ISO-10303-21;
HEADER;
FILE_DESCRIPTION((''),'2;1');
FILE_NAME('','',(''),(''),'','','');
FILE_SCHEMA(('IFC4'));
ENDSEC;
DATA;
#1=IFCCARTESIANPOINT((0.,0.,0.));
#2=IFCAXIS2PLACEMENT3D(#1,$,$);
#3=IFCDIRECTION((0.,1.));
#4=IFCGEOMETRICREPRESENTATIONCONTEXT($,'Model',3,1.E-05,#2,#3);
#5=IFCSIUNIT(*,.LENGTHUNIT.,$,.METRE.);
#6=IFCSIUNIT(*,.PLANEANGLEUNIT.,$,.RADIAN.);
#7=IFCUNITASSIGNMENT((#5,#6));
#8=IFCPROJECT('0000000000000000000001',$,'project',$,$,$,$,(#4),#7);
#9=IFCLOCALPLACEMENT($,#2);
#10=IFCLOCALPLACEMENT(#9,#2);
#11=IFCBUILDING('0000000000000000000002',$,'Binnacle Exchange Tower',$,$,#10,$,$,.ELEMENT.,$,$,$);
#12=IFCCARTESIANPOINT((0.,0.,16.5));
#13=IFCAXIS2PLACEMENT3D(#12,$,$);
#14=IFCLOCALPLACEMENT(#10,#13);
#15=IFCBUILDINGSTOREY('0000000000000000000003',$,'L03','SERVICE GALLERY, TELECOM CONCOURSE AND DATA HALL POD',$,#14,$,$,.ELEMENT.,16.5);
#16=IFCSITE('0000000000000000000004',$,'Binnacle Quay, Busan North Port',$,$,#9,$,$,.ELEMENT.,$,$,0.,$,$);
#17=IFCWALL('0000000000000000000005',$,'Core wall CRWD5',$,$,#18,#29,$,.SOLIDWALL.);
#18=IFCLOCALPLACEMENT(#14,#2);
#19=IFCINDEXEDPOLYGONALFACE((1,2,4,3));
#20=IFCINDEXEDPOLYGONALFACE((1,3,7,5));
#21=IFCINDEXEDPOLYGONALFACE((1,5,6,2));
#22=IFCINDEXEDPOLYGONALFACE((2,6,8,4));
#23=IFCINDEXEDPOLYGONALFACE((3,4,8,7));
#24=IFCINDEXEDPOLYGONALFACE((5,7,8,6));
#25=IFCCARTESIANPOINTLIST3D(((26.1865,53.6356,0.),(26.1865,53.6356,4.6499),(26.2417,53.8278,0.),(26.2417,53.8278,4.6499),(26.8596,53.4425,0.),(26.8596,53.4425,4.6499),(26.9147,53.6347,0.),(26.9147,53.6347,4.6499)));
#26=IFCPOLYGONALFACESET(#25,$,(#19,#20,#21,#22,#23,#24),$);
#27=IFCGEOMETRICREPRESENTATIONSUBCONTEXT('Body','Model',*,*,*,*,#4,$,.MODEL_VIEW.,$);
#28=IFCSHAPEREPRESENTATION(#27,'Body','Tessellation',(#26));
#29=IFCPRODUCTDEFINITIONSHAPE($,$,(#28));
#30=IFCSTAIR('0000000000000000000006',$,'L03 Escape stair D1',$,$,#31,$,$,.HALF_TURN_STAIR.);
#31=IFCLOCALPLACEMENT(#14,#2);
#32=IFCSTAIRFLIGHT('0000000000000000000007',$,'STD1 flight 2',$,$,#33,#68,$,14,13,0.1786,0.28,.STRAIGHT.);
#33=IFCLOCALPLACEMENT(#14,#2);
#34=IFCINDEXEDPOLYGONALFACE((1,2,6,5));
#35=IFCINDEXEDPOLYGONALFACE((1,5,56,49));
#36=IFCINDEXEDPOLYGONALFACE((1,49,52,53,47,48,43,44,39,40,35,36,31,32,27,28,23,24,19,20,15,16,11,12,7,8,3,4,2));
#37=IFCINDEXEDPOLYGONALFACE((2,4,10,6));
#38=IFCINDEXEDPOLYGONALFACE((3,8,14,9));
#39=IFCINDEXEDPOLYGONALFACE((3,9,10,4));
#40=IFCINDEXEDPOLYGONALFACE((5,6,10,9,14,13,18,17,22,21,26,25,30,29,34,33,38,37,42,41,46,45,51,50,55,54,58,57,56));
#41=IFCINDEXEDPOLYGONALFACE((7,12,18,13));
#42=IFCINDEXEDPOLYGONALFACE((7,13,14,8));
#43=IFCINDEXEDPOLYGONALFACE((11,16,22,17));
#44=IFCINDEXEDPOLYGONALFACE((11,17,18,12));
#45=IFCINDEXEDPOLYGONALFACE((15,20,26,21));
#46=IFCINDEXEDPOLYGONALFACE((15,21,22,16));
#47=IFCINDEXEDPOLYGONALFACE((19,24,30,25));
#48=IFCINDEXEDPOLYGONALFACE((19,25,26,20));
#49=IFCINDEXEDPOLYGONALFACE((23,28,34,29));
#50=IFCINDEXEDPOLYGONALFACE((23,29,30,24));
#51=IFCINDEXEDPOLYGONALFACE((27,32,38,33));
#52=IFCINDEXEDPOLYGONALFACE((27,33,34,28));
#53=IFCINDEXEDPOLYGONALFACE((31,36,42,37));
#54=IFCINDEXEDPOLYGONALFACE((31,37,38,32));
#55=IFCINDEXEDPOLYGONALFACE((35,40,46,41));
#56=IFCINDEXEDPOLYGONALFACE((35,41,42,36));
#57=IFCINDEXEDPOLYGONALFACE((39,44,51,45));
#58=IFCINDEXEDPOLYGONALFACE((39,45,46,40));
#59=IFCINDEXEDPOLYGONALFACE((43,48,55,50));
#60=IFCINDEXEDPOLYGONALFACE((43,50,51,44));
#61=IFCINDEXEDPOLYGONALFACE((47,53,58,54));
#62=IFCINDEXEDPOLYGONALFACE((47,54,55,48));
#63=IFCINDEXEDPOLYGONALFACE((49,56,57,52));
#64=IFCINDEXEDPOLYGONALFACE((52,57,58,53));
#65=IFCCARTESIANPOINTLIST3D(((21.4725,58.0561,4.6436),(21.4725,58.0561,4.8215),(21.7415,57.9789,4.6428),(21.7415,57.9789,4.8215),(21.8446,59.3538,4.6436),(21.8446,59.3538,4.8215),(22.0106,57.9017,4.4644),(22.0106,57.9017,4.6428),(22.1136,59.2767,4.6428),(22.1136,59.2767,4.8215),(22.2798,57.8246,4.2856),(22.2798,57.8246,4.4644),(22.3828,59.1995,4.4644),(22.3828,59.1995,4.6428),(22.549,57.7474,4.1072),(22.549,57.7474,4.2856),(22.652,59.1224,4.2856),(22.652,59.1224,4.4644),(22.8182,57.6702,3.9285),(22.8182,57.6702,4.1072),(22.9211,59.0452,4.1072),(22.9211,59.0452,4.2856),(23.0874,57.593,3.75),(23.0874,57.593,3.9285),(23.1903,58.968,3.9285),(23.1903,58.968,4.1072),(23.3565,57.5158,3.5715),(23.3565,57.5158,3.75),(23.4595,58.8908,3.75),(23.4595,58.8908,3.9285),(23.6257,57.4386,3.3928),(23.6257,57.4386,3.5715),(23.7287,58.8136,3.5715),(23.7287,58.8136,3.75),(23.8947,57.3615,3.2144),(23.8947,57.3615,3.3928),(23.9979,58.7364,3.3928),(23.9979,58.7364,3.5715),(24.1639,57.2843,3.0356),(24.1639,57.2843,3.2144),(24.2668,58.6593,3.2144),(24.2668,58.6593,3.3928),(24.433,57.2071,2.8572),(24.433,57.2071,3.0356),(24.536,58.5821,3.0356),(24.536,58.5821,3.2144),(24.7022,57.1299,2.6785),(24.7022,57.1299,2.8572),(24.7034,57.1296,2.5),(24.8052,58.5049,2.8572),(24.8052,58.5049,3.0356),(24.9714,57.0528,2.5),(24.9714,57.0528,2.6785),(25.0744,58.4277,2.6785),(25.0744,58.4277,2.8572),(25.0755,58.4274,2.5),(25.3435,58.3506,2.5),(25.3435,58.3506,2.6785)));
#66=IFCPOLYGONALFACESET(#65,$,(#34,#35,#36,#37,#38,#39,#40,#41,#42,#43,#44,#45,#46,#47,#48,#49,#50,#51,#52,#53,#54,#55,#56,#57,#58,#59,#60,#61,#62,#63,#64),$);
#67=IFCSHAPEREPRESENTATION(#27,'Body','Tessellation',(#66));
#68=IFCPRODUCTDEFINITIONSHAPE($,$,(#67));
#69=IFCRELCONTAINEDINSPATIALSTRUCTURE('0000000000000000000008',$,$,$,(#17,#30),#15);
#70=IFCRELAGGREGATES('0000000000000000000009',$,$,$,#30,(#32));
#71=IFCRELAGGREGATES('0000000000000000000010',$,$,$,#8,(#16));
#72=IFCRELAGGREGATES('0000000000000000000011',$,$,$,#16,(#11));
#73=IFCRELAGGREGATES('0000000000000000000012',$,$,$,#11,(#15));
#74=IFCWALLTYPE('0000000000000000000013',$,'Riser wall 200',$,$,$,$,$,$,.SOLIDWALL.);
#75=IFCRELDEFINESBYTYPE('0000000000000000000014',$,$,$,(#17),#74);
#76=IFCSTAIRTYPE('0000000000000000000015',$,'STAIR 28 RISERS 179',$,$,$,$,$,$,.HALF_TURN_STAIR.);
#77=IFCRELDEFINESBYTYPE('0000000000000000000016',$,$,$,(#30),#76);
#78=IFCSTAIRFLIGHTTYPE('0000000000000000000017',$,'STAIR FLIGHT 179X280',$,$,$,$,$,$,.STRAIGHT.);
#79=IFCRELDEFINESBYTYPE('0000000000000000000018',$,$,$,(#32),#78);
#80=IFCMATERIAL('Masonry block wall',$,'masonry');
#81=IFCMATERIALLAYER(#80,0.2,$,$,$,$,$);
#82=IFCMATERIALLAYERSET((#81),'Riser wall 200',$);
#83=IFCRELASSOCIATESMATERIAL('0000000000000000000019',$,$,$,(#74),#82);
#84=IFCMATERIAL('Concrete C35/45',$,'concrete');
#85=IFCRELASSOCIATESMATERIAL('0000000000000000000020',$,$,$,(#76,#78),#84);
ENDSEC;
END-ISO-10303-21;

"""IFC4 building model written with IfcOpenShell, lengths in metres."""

from ifc_helpers import new_model, si_unit, direction, frame, frame_2d, origin, place, context, subcontext, project, spatial, polyline, rectangle, outline, extrude, material, layer, layer_set, type_object, element, aggregate, save


model = new_model("IFC4")

# Units and contexts
model_context = context("Model", 3, precision=1e-05, world=origin(), true_north=direction((0.0, 1.0)))
body_context = subcontext(model_context, "Body", "Model", "MODEL_VIEW")
ifc_project = project(units=[si_unit("LENGTHUNIT", "METRE"), si_unit("PLANEANGLEUNIT", "RADIAN")], contexts=[model_context])

# Site, building, storey
site_placement = place(None, origin())
site = spatial("IfcSite", under=ifc_project, at=site_placement, Name="Binnacle Quay, Busan North Port", CompositionType="ELEMENT", RefElevation=0.0)
building_placement = place(site_placement, origin())
building = spatial("IfcBuilding", under=site, at=building_placement, Name="Binnacle Exchange Tower", CompositionType="ELEMENT")
storey_placement = place(building_placement, frame((0.0, 0.0, 16.5)))
storey = spatial("IfcBuildingStorey", under=building, at=storey_placement, Name="L03", Description="SERVICE GALLERY, TELECOM CONCOURSE AND DATA HALL POD", CompositionType="ELEMENT", Elevation=16.5)

# Shared definitions
ifc_material_1 = material(Name="Masonry block wall", Category="masonry")

# Wall
ifc_layer_1 = layer(ifc_material_1, 0.2)
ifc_layer_set_1 = layer_set([ifc_layer_1], Name="Riser wall 200")
wall_type_1 = type_object("IfcWallType", Name="Riser wall 200", PredefinedType="SOLIDWALL", material=ifc_layer_set_1)
wall_1_placement = place(storey_placement, frame((26.2141, 53.7317, 0.0), z_axis=(0.0, 0.0, 1.0), x_axis=(0.961221, -0.27578, 0.0)))
element("IfcWall", 1, at=wall_1_placement, inside=storey, type_object=wall_type_1, Name="Core wall CRWD5", PredefinedType="SOLIDWALL", context=body_context, shape_type="SweptSolid", body=[
    extrude(rectangle(XDim=0.7002, YDim=0.2, at=frame_2d((0.3501, 0.0))), origin(), (0.0, 0.0, 1.0), 4.6499),
])

# Stair, stair flight
ifc_material_2 = material(Name="Concrete C35/45", Category="concrete")
stair_type = type_object("IfcStairType", Name="STAIR 28 RISERS 179", PredefinedType="HALF_TURN_STAIR", material=ifc_material_2)
stair_placement = place(storey_placement, origin())
stair = element("IfcStair", 2, at=stair_placement, inside=storey, type_object=stair_type, Name="L03 Escape stair D1", PredefinedType="HALF_TURN_STAIR")
stair_flight_type = type_object("IfcStairFlightType", Name="STAIR FLIGHT 179X280", PredefinedType="STRAIGHT", material=ifc_material_2)
stair_flight_placement = place(storey_placement, frame((25.1575, 57.7017, 2.5), z_axis=(0.0, 0.0, 1.0), x_axis=(-0.961262, 0.275637, 0.0)))
stair_flight = element("IfcStairFlight", 3, at=stair_flight_placement, type_object=stair_flight_type, Name="STD1 flight 2", NumberOfRisers=14, NumberOfTreads=13, PredefinedType="STRAIGHT", RiserHeight=0.1786, TreadLength=0.28, context=body_context, shape_type="SweptSolid", body=[
    extrude(outline(polyline([(0.0, 0.0), (0.0, 0.1785), (0.28, 0.1785), (0.28, 0.3572), (0.5601, 0.3572), (0.5601, 0.5356), (0.8401, 0.5356), (0.8401, 0.7144), (1.1201, 0.7144), (1.1201, 0.8928), (1.3999, 0.8928), (1.3999, 1.0715), (1.6799, 1.0715), (1.6799, 1.25), (1.96, 1.25), (1.96, 1.4285), (2.24, 1.4285), (2.24, 1.6072), (2.52, 1.6072), (2.52, 1.7856), (2.8, 1.7856), (2.8, 1.9644), (3.0801, 1.9644), (3.0801, 2.1428), (3.3601, 2.1428), (3.3601, 2.3215), (3.6399, 2.3215), (3.6399, 2.5), (3.6399, 2.1436), (0.2788, 0.0), (0.0, 0.0)])), frame((0.0, 0.675, 0.0), z_axis=(0.0, -1.0, 0.0), x_axis=(1.0, 0.0, 0.0)), (0.0, 0.0, 1.0), 1.3501),
])
aggregate(stair, [stair_flight])

save(model, "model.ifc")
